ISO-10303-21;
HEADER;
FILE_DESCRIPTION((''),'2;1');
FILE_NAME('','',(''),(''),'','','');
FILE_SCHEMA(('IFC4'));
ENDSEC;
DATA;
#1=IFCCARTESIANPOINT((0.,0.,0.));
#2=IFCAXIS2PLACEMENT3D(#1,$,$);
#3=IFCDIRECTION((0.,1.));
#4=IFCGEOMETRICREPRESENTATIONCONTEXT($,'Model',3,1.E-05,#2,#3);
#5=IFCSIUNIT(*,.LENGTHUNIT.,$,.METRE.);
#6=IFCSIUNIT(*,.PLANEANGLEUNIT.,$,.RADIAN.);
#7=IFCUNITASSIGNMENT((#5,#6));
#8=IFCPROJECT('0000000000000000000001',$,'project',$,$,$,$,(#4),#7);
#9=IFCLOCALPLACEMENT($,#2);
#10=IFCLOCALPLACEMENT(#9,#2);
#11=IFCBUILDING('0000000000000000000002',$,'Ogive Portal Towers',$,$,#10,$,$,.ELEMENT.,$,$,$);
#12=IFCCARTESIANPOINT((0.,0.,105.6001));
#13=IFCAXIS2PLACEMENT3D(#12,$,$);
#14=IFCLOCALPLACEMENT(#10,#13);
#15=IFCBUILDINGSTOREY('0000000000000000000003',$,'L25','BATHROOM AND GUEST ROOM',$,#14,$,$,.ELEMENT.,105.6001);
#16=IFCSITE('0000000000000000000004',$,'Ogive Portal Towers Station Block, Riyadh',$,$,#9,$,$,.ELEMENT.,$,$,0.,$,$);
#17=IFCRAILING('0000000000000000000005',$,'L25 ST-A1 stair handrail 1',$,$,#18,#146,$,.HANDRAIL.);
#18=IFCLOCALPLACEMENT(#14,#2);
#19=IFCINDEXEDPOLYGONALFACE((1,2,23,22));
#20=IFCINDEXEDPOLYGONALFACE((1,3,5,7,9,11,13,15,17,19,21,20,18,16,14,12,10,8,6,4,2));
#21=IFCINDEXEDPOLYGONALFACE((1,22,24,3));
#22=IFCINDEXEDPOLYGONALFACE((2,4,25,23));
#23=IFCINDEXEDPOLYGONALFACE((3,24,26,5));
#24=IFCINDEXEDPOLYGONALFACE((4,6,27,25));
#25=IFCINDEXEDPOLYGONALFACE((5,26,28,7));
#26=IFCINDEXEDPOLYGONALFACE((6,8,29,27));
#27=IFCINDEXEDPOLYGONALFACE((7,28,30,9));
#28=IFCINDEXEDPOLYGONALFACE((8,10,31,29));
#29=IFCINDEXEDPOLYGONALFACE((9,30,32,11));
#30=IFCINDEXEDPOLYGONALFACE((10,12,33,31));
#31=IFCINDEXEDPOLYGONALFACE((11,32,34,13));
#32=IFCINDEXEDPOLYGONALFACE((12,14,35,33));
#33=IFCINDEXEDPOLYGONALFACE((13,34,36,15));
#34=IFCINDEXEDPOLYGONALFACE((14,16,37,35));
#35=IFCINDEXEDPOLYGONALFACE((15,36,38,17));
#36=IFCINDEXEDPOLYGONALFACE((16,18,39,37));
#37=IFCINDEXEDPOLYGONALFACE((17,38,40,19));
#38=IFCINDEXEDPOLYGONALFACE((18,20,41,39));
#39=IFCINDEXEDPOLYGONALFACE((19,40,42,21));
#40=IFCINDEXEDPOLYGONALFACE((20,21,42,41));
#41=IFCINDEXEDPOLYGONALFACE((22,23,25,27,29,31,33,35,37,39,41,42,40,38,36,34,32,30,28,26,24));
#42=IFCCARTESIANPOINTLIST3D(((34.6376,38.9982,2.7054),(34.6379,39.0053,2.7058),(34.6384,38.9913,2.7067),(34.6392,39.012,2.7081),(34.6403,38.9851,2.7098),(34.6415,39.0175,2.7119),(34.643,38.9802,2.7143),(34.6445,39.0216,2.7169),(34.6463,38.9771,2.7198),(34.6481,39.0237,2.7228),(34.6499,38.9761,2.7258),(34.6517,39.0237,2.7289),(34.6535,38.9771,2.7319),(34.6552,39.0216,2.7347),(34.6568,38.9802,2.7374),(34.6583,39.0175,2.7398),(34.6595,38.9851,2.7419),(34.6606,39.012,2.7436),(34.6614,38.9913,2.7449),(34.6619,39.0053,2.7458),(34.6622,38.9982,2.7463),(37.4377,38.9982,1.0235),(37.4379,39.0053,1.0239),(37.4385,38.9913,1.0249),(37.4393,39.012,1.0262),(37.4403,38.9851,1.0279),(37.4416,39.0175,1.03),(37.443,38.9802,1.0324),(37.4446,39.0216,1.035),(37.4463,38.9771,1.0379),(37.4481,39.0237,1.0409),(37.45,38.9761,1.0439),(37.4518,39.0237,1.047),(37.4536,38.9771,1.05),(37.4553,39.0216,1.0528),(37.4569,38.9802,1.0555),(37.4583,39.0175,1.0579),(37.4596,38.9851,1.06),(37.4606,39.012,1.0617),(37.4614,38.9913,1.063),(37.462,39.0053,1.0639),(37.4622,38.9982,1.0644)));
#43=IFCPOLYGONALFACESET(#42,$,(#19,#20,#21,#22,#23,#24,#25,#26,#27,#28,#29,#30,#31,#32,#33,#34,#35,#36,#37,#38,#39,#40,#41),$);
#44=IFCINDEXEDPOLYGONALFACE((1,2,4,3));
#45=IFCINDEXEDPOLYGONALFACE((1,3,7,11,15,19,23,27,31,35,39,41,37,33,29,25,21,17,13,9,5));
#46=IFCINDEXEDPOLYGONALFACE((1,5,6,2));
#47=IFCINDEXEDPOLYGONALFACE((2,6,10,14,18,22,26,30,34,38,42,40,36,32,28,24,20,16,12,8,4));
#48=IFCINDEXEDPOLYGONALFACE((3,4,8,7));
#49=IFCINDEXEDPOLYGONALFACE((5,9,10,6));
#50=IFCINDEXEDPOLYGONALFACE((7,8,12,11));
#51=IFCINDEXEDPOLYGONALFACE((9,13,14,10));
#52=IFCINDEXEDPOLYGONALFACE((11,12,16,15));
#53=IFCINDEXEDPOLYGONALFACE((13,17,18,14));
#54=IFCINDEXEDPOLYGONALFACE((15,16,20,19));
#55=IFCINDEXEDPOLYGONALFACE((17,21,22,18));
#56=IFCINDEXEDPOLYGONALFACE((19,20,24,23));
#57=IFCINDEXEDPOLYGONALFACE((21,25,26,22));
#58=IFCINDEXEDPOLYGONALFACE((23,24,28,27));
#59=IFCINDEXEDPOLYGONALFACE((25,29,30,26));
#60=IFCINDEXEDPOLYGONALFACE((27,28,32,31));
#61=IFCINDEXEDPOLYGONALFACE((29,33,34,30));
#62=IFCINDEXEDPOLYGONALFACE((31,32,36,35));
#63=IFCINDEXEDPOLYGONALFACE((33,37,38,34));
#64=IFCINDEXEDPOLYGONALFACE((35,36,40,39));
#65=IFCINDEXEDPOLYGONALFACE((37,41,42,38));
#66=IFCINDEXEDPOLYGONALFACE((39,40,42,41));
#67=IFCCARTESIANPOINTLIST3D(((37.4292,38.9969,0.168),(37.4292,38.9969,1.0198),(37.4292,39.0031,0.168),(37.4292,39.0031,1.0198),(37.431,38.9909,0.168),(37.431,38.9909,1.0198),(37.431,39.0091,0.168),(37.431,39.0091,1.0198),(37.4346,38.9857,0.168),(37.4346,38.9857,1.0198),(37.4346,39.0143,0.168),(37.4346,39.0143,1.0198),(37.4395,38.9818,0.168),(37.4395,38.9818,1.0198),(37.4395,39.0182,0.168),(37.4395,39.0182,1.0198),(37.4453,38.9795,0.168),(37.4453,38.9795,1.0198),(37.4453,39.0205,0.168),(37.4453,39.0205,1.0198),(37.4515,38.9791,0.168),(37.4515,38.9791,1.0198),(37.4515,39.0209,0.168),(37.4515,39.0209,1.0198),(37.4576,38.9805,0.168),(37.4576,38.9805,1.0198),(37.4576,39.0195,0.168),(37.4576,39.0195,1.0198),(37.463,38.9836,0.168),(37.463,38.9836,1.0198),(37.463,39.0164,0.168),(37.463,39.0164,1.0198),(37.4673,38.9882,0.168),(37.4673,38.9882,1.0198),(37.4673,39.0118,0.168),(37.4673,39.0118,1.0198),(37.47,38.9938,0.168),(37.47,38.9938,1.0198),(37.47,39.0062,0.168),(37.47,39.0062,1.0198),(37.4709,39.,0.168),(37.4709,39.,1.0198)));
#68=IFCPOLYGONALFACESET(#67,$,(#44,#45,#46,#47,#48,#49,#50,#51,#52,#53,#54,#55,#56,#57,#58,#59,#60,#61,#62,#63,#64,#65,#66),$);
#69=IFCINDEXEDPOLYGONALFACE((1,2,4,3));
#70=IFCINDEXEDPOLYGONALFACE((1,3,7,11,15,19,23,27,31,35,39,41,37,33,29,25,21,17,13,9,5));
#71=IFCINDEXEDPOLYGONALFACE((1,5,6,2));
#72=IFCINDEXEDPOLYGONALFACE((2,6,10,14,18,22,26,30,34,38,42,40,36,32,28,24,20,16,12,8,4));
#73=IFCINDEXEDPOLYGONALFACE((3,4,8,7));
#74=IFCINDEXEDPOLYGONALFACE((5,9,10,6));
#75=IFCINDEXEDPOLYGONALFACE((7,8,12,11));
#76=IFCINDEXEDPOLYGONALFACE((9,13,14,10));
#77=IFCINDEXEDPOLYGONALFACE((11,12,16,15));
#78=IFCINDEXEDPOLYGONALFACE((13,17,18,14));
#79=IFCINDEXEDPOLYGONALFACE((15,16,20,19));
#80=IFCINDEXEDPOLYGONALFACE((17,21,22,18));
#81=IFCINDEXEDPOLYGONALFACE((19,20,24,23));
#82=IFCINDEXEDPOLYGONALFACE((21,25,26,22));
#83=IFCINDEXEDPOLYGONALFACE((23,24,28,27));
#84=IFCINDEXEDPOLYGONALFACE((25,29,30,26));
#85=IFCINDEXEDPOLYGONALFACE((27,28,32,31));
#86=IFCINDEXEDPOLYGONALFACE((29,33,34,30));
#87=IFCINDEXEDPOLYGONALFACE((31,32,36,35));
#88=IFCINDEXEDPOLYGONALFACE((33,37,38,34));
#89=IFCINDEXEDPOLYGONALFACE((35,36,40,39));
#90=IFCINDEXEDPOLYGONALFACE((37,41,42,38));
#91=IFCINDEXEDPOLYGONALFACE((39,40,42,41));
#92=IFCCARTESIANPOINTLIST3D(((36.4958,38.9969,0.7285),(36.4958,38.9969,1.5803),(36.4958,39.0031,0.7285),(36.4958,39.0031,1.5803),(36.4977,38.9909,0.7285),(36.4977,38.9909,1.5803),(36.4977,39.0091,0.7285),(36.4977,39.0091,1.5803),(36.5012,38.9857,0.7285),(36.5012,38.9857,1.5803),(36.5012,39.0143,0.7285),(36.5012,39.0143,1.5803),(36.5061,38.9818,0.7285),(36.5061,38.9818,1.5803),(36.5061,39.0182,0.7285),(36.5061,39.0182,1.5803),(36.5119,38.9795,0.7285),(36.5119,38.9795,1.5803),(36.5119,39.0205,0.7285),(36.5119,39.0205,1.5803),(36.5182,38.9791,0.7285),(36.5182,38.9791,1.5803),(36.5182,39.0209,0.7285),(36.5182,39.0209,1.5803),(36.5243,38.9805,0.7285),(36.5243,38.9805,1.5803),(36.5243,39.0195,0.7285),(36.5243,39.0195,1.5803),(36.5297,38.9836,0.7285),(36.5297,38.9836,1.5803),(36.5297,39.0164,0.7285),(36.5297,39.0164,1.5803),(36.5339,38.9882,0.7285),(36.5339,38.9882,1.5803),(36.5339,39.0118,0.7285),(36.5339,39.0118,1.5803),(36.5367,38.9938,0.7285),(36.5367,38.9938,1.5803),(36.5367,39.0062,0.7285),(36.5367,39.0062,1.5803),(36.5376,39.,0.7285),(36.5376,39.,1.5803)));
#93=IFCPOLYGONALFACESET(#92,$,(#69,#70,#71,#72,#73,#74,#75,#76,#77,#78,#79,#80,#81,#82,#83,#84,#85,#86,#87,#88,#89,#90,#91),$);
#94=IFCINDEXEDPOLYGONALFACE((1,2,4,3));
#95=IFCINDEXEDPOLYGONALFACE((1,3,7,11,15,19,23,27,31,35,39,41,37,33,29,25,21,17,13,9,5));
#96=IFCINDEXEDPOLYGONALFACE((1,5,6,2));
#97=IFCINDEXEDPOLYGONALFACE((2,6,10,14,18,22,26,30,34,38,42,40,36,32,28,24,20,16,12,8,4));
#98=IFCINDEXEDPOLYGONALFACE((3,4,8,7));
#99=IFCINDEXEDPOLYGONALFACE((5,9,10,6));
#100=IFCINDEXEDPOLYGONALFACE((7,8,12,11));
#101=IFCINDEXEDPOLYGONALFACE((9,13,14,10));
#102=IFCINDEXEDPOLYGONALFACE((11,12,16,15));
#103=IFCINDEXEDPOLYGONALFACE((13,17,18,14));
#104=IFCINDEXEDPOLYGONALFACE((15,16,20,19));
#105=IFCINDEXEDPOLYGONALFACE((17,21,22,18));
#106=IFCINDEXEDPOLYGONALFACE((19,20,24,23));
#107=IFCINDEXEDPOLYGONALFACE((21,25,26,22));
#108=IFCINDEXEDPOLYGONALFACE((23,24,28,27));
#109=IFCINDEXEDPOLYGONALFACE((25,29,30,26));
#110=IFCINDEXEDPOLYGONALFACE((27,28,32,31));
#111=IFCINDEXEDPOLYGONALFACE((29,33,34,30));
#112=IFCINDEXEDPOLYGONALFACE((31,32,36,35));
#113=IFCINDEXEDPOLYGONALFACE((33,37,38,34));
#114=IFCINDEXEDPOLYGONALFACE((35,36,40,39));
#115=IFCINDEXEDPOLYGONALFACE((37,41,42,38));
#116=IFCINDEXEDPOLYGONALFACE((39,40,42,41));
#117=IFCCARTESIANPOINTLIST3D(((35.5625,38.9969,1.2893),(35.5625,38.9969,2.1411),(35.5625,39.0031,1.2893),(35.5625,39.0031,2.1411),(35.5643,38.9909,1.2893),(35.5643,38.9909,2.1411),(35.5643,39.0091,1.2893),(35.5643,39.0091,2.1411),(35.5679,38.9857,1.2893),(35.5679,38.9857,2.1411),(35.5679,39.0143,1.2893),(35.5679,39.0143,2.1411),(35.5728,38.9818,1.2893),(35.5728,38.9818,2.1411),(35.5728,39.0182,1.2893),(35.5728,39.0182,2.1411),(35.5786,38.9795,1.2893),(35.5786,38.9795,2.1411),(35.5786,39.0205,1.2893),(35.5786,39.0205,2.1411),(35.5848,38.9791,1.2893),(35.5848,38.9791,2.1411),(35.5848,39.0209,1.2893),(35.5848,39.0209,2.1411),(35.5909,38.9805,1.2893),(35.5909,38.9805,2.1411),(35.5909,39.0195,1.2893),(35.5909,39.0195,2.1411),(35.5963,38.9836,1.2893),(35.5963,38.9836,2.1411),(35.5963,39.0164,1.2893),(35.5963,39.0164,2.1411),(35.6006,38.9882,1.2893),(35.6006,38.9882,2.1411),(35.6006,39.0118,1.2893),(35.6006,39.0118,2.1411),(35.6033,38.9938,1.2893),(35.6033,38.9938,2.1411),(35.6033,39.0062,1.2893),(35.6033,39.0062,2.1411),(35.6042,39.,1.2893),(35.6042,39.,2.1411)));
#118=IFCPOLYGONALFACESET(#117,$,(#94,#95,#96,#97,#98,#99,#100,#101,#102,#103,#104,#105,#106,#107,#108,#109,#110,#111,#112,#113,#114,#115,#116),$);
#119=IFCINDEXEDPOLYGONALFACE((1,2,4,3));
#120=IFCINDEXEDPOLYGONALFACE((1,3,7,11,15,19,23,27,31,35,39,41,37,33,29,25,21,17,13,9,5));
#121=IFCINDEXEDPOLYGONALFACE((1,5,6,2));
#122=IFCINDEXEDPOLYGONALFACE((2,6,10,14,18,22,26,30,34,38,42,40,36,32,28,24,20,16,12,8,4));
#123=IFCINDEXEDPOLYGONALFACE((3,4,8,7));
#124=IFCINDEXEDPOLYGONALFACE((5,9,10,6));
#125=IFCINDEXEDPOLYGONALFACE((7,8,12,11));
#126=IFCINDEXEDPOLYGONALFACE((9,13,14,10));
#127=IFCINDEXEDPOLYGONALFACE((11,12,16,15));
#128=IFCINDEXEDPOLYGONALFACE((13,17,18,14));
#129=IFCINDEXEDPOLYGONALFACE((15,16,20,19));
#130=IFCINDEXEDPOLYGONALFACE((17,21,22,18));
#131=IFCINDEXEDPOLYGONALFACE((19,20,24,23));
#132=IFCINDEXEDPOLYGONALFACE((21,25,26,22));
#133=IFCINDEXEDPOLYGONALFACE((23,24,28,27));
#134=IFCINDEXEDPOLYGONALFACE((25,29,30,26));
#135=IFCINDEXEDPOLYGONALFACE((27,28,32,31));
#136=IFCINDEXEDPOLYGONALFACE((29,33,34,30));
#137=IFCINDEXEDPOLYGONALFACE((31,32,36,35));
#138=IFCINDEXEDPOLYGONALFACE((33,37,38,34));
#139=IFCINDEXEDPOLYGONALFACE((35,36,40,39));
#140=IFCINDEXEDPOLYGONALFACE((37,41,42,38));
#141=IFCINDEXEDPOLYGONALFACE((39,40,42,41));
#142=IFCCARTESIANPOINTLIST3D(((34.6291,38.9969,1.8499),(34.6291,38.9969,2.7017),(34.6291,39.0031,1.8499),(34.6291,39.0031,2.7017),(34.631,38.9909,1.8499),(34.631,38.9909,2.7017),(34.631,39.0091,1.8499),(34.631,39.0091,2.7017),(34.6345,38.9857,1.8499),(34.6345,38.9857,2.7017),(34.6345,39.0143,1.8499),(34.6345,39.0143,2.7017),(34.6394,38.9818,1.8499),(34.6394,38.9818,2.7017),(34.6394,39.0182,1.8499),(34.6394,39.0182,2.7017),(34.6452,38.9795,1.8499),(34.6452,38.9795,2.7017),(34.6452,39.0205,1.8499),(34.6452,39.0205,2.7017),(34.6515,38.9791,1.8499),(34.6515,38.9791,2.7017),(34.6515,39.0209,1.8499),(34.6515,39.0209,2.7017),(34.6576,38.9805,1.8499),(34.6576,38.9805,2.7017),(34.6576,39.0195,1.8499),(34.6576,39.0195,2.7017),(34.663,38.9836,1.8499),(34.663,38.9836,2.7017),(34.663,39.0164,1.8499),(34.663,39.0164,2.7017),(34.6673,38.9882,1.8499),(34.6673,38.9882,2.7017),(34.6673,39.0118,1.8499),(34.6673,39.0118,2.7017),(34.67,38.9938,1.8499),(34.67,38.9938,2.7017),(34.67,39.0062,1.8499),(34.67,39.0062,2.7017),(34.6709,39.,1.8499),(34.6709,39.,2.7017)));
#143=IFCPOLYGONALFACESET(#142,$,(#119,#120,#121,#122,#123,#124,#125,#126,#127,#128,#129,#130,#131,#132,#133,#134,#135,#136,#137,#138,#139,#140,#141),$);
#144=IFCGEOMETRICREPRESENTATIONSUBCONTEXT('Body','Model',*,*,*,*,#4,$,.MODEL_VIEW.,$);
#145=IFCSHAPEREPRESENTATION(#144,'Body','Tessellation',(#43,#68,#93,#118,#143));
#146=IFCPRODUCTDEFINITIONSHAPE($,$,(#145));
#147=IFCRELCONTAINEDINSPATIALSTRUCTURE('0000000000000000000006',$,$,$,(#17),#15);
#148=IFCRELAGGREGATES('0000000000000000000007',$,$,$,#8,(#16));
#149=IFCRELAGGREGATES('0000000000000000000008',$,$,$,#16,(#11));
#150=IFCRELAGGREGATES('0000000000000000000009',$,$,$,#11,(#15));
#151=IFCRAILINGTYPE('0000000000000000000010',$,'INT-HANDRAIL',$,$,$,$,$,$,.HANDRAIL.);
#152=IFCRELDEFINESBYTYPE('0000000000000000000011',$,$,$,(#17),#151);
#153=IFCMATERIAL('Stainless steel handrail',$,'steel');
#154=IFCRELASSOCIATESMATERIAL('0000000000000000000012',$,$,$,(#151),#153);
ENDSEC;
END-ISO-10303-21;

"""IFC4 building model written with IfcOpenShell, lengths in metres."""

from ifc_helpers import new_model, si_unit, direction, frame, origin, origin_2d, place, context, subcontext, project, spatial, circle, extrude, material, type_object, element, save


model = new_model("IFC4")

# Units and contexts
model_context = context("Model", 3, precision=1e-05, world=origin(), true_north=direction((0.0, 1.0)))
body_context = subcontext(model_context, "Body", "Model", "MODEL_VIEW")
ifc_project = project(units=[si_unit("LENGTHUNIT", "METRE"), si_unit("PLANEANGLEUNIT", "RADIAN")], contexts=[model_context])

# Site, building, storey
site_placement = place(None, origin())
site = spatial("IfcSite", under=ifc_project, at=site_placement, Name="Ogive Portal Towers Station Block, Riyadh", CompositionType="ELEMENT", RefElevation=0.0)
building_placement = place(site_placement, origin())
building = spatial("IfcBuilding", under=site, at=building_placement, Name="Ogive Portal Towers", CompositionType="ELEMENT")
storey_placement = place(building_placement, frame((0.0, 0.0, 105.6001)))
storey = spatial("IfcBuildingStorey", under=building, at=storey_placement, Name="L25", Description="BATHROOM AND GUEST ROOM", CompositionType="ELEMENT", Elevation=105.6001)

# Railing
ifc_material_1 = material(Name="Stainless steel handrail", Category="steel")
railing_type_1 = type_object("IfcRailingType", Name="INT-HANDRAIL", PredefinedType="HANDRAIL", material=ifc_material_1)
railing_1_placement = place(storey_placement, frame((37.45, 39.0, 0.168)))
element("IfcRailing", 1, at=railing_1_placement, inside=storey, type_object=railing_type_1, Name="L25 ST-A1 stair handrail 1", PredefinedType="HANDRAIL", context=body_context, shape_type="SweptSolid", body=[
    extrude(circle(Radius=0.0239, at=origin_2d()), frame((0.0, 0.0, 0.876), z_axis=(-0.857242, 0.0, 0.514913), x_axis=(0.0, -1.0, 0.0)), (0.0, 0.0, 1.0), 3.2664),
    extrude(circle(Radius=0.021, at=origin_2d()), origin(), (0.0, 0.0, 1.0), 0.8518),
    extrude(circle(Radius=0.021, at=origin_2d()), frame((-0.9333, 0.0, 0.5605)), (0.0, 0.0, 1.0), 0.8518),
    extrude(circle(Radius=0.021, at=origin_2d()), frame((-1.8667, 0.0, 1.1213)), (0.0, 0.0, 1.0), 0.8518),
    extrude(circle(Radius=0.021, at=origin_2d()), frame((-2.8, 0.0, 1.6819)), (0.0, 0.0, 1.0), 0.8518),
])

save(model, "model.ifc")
